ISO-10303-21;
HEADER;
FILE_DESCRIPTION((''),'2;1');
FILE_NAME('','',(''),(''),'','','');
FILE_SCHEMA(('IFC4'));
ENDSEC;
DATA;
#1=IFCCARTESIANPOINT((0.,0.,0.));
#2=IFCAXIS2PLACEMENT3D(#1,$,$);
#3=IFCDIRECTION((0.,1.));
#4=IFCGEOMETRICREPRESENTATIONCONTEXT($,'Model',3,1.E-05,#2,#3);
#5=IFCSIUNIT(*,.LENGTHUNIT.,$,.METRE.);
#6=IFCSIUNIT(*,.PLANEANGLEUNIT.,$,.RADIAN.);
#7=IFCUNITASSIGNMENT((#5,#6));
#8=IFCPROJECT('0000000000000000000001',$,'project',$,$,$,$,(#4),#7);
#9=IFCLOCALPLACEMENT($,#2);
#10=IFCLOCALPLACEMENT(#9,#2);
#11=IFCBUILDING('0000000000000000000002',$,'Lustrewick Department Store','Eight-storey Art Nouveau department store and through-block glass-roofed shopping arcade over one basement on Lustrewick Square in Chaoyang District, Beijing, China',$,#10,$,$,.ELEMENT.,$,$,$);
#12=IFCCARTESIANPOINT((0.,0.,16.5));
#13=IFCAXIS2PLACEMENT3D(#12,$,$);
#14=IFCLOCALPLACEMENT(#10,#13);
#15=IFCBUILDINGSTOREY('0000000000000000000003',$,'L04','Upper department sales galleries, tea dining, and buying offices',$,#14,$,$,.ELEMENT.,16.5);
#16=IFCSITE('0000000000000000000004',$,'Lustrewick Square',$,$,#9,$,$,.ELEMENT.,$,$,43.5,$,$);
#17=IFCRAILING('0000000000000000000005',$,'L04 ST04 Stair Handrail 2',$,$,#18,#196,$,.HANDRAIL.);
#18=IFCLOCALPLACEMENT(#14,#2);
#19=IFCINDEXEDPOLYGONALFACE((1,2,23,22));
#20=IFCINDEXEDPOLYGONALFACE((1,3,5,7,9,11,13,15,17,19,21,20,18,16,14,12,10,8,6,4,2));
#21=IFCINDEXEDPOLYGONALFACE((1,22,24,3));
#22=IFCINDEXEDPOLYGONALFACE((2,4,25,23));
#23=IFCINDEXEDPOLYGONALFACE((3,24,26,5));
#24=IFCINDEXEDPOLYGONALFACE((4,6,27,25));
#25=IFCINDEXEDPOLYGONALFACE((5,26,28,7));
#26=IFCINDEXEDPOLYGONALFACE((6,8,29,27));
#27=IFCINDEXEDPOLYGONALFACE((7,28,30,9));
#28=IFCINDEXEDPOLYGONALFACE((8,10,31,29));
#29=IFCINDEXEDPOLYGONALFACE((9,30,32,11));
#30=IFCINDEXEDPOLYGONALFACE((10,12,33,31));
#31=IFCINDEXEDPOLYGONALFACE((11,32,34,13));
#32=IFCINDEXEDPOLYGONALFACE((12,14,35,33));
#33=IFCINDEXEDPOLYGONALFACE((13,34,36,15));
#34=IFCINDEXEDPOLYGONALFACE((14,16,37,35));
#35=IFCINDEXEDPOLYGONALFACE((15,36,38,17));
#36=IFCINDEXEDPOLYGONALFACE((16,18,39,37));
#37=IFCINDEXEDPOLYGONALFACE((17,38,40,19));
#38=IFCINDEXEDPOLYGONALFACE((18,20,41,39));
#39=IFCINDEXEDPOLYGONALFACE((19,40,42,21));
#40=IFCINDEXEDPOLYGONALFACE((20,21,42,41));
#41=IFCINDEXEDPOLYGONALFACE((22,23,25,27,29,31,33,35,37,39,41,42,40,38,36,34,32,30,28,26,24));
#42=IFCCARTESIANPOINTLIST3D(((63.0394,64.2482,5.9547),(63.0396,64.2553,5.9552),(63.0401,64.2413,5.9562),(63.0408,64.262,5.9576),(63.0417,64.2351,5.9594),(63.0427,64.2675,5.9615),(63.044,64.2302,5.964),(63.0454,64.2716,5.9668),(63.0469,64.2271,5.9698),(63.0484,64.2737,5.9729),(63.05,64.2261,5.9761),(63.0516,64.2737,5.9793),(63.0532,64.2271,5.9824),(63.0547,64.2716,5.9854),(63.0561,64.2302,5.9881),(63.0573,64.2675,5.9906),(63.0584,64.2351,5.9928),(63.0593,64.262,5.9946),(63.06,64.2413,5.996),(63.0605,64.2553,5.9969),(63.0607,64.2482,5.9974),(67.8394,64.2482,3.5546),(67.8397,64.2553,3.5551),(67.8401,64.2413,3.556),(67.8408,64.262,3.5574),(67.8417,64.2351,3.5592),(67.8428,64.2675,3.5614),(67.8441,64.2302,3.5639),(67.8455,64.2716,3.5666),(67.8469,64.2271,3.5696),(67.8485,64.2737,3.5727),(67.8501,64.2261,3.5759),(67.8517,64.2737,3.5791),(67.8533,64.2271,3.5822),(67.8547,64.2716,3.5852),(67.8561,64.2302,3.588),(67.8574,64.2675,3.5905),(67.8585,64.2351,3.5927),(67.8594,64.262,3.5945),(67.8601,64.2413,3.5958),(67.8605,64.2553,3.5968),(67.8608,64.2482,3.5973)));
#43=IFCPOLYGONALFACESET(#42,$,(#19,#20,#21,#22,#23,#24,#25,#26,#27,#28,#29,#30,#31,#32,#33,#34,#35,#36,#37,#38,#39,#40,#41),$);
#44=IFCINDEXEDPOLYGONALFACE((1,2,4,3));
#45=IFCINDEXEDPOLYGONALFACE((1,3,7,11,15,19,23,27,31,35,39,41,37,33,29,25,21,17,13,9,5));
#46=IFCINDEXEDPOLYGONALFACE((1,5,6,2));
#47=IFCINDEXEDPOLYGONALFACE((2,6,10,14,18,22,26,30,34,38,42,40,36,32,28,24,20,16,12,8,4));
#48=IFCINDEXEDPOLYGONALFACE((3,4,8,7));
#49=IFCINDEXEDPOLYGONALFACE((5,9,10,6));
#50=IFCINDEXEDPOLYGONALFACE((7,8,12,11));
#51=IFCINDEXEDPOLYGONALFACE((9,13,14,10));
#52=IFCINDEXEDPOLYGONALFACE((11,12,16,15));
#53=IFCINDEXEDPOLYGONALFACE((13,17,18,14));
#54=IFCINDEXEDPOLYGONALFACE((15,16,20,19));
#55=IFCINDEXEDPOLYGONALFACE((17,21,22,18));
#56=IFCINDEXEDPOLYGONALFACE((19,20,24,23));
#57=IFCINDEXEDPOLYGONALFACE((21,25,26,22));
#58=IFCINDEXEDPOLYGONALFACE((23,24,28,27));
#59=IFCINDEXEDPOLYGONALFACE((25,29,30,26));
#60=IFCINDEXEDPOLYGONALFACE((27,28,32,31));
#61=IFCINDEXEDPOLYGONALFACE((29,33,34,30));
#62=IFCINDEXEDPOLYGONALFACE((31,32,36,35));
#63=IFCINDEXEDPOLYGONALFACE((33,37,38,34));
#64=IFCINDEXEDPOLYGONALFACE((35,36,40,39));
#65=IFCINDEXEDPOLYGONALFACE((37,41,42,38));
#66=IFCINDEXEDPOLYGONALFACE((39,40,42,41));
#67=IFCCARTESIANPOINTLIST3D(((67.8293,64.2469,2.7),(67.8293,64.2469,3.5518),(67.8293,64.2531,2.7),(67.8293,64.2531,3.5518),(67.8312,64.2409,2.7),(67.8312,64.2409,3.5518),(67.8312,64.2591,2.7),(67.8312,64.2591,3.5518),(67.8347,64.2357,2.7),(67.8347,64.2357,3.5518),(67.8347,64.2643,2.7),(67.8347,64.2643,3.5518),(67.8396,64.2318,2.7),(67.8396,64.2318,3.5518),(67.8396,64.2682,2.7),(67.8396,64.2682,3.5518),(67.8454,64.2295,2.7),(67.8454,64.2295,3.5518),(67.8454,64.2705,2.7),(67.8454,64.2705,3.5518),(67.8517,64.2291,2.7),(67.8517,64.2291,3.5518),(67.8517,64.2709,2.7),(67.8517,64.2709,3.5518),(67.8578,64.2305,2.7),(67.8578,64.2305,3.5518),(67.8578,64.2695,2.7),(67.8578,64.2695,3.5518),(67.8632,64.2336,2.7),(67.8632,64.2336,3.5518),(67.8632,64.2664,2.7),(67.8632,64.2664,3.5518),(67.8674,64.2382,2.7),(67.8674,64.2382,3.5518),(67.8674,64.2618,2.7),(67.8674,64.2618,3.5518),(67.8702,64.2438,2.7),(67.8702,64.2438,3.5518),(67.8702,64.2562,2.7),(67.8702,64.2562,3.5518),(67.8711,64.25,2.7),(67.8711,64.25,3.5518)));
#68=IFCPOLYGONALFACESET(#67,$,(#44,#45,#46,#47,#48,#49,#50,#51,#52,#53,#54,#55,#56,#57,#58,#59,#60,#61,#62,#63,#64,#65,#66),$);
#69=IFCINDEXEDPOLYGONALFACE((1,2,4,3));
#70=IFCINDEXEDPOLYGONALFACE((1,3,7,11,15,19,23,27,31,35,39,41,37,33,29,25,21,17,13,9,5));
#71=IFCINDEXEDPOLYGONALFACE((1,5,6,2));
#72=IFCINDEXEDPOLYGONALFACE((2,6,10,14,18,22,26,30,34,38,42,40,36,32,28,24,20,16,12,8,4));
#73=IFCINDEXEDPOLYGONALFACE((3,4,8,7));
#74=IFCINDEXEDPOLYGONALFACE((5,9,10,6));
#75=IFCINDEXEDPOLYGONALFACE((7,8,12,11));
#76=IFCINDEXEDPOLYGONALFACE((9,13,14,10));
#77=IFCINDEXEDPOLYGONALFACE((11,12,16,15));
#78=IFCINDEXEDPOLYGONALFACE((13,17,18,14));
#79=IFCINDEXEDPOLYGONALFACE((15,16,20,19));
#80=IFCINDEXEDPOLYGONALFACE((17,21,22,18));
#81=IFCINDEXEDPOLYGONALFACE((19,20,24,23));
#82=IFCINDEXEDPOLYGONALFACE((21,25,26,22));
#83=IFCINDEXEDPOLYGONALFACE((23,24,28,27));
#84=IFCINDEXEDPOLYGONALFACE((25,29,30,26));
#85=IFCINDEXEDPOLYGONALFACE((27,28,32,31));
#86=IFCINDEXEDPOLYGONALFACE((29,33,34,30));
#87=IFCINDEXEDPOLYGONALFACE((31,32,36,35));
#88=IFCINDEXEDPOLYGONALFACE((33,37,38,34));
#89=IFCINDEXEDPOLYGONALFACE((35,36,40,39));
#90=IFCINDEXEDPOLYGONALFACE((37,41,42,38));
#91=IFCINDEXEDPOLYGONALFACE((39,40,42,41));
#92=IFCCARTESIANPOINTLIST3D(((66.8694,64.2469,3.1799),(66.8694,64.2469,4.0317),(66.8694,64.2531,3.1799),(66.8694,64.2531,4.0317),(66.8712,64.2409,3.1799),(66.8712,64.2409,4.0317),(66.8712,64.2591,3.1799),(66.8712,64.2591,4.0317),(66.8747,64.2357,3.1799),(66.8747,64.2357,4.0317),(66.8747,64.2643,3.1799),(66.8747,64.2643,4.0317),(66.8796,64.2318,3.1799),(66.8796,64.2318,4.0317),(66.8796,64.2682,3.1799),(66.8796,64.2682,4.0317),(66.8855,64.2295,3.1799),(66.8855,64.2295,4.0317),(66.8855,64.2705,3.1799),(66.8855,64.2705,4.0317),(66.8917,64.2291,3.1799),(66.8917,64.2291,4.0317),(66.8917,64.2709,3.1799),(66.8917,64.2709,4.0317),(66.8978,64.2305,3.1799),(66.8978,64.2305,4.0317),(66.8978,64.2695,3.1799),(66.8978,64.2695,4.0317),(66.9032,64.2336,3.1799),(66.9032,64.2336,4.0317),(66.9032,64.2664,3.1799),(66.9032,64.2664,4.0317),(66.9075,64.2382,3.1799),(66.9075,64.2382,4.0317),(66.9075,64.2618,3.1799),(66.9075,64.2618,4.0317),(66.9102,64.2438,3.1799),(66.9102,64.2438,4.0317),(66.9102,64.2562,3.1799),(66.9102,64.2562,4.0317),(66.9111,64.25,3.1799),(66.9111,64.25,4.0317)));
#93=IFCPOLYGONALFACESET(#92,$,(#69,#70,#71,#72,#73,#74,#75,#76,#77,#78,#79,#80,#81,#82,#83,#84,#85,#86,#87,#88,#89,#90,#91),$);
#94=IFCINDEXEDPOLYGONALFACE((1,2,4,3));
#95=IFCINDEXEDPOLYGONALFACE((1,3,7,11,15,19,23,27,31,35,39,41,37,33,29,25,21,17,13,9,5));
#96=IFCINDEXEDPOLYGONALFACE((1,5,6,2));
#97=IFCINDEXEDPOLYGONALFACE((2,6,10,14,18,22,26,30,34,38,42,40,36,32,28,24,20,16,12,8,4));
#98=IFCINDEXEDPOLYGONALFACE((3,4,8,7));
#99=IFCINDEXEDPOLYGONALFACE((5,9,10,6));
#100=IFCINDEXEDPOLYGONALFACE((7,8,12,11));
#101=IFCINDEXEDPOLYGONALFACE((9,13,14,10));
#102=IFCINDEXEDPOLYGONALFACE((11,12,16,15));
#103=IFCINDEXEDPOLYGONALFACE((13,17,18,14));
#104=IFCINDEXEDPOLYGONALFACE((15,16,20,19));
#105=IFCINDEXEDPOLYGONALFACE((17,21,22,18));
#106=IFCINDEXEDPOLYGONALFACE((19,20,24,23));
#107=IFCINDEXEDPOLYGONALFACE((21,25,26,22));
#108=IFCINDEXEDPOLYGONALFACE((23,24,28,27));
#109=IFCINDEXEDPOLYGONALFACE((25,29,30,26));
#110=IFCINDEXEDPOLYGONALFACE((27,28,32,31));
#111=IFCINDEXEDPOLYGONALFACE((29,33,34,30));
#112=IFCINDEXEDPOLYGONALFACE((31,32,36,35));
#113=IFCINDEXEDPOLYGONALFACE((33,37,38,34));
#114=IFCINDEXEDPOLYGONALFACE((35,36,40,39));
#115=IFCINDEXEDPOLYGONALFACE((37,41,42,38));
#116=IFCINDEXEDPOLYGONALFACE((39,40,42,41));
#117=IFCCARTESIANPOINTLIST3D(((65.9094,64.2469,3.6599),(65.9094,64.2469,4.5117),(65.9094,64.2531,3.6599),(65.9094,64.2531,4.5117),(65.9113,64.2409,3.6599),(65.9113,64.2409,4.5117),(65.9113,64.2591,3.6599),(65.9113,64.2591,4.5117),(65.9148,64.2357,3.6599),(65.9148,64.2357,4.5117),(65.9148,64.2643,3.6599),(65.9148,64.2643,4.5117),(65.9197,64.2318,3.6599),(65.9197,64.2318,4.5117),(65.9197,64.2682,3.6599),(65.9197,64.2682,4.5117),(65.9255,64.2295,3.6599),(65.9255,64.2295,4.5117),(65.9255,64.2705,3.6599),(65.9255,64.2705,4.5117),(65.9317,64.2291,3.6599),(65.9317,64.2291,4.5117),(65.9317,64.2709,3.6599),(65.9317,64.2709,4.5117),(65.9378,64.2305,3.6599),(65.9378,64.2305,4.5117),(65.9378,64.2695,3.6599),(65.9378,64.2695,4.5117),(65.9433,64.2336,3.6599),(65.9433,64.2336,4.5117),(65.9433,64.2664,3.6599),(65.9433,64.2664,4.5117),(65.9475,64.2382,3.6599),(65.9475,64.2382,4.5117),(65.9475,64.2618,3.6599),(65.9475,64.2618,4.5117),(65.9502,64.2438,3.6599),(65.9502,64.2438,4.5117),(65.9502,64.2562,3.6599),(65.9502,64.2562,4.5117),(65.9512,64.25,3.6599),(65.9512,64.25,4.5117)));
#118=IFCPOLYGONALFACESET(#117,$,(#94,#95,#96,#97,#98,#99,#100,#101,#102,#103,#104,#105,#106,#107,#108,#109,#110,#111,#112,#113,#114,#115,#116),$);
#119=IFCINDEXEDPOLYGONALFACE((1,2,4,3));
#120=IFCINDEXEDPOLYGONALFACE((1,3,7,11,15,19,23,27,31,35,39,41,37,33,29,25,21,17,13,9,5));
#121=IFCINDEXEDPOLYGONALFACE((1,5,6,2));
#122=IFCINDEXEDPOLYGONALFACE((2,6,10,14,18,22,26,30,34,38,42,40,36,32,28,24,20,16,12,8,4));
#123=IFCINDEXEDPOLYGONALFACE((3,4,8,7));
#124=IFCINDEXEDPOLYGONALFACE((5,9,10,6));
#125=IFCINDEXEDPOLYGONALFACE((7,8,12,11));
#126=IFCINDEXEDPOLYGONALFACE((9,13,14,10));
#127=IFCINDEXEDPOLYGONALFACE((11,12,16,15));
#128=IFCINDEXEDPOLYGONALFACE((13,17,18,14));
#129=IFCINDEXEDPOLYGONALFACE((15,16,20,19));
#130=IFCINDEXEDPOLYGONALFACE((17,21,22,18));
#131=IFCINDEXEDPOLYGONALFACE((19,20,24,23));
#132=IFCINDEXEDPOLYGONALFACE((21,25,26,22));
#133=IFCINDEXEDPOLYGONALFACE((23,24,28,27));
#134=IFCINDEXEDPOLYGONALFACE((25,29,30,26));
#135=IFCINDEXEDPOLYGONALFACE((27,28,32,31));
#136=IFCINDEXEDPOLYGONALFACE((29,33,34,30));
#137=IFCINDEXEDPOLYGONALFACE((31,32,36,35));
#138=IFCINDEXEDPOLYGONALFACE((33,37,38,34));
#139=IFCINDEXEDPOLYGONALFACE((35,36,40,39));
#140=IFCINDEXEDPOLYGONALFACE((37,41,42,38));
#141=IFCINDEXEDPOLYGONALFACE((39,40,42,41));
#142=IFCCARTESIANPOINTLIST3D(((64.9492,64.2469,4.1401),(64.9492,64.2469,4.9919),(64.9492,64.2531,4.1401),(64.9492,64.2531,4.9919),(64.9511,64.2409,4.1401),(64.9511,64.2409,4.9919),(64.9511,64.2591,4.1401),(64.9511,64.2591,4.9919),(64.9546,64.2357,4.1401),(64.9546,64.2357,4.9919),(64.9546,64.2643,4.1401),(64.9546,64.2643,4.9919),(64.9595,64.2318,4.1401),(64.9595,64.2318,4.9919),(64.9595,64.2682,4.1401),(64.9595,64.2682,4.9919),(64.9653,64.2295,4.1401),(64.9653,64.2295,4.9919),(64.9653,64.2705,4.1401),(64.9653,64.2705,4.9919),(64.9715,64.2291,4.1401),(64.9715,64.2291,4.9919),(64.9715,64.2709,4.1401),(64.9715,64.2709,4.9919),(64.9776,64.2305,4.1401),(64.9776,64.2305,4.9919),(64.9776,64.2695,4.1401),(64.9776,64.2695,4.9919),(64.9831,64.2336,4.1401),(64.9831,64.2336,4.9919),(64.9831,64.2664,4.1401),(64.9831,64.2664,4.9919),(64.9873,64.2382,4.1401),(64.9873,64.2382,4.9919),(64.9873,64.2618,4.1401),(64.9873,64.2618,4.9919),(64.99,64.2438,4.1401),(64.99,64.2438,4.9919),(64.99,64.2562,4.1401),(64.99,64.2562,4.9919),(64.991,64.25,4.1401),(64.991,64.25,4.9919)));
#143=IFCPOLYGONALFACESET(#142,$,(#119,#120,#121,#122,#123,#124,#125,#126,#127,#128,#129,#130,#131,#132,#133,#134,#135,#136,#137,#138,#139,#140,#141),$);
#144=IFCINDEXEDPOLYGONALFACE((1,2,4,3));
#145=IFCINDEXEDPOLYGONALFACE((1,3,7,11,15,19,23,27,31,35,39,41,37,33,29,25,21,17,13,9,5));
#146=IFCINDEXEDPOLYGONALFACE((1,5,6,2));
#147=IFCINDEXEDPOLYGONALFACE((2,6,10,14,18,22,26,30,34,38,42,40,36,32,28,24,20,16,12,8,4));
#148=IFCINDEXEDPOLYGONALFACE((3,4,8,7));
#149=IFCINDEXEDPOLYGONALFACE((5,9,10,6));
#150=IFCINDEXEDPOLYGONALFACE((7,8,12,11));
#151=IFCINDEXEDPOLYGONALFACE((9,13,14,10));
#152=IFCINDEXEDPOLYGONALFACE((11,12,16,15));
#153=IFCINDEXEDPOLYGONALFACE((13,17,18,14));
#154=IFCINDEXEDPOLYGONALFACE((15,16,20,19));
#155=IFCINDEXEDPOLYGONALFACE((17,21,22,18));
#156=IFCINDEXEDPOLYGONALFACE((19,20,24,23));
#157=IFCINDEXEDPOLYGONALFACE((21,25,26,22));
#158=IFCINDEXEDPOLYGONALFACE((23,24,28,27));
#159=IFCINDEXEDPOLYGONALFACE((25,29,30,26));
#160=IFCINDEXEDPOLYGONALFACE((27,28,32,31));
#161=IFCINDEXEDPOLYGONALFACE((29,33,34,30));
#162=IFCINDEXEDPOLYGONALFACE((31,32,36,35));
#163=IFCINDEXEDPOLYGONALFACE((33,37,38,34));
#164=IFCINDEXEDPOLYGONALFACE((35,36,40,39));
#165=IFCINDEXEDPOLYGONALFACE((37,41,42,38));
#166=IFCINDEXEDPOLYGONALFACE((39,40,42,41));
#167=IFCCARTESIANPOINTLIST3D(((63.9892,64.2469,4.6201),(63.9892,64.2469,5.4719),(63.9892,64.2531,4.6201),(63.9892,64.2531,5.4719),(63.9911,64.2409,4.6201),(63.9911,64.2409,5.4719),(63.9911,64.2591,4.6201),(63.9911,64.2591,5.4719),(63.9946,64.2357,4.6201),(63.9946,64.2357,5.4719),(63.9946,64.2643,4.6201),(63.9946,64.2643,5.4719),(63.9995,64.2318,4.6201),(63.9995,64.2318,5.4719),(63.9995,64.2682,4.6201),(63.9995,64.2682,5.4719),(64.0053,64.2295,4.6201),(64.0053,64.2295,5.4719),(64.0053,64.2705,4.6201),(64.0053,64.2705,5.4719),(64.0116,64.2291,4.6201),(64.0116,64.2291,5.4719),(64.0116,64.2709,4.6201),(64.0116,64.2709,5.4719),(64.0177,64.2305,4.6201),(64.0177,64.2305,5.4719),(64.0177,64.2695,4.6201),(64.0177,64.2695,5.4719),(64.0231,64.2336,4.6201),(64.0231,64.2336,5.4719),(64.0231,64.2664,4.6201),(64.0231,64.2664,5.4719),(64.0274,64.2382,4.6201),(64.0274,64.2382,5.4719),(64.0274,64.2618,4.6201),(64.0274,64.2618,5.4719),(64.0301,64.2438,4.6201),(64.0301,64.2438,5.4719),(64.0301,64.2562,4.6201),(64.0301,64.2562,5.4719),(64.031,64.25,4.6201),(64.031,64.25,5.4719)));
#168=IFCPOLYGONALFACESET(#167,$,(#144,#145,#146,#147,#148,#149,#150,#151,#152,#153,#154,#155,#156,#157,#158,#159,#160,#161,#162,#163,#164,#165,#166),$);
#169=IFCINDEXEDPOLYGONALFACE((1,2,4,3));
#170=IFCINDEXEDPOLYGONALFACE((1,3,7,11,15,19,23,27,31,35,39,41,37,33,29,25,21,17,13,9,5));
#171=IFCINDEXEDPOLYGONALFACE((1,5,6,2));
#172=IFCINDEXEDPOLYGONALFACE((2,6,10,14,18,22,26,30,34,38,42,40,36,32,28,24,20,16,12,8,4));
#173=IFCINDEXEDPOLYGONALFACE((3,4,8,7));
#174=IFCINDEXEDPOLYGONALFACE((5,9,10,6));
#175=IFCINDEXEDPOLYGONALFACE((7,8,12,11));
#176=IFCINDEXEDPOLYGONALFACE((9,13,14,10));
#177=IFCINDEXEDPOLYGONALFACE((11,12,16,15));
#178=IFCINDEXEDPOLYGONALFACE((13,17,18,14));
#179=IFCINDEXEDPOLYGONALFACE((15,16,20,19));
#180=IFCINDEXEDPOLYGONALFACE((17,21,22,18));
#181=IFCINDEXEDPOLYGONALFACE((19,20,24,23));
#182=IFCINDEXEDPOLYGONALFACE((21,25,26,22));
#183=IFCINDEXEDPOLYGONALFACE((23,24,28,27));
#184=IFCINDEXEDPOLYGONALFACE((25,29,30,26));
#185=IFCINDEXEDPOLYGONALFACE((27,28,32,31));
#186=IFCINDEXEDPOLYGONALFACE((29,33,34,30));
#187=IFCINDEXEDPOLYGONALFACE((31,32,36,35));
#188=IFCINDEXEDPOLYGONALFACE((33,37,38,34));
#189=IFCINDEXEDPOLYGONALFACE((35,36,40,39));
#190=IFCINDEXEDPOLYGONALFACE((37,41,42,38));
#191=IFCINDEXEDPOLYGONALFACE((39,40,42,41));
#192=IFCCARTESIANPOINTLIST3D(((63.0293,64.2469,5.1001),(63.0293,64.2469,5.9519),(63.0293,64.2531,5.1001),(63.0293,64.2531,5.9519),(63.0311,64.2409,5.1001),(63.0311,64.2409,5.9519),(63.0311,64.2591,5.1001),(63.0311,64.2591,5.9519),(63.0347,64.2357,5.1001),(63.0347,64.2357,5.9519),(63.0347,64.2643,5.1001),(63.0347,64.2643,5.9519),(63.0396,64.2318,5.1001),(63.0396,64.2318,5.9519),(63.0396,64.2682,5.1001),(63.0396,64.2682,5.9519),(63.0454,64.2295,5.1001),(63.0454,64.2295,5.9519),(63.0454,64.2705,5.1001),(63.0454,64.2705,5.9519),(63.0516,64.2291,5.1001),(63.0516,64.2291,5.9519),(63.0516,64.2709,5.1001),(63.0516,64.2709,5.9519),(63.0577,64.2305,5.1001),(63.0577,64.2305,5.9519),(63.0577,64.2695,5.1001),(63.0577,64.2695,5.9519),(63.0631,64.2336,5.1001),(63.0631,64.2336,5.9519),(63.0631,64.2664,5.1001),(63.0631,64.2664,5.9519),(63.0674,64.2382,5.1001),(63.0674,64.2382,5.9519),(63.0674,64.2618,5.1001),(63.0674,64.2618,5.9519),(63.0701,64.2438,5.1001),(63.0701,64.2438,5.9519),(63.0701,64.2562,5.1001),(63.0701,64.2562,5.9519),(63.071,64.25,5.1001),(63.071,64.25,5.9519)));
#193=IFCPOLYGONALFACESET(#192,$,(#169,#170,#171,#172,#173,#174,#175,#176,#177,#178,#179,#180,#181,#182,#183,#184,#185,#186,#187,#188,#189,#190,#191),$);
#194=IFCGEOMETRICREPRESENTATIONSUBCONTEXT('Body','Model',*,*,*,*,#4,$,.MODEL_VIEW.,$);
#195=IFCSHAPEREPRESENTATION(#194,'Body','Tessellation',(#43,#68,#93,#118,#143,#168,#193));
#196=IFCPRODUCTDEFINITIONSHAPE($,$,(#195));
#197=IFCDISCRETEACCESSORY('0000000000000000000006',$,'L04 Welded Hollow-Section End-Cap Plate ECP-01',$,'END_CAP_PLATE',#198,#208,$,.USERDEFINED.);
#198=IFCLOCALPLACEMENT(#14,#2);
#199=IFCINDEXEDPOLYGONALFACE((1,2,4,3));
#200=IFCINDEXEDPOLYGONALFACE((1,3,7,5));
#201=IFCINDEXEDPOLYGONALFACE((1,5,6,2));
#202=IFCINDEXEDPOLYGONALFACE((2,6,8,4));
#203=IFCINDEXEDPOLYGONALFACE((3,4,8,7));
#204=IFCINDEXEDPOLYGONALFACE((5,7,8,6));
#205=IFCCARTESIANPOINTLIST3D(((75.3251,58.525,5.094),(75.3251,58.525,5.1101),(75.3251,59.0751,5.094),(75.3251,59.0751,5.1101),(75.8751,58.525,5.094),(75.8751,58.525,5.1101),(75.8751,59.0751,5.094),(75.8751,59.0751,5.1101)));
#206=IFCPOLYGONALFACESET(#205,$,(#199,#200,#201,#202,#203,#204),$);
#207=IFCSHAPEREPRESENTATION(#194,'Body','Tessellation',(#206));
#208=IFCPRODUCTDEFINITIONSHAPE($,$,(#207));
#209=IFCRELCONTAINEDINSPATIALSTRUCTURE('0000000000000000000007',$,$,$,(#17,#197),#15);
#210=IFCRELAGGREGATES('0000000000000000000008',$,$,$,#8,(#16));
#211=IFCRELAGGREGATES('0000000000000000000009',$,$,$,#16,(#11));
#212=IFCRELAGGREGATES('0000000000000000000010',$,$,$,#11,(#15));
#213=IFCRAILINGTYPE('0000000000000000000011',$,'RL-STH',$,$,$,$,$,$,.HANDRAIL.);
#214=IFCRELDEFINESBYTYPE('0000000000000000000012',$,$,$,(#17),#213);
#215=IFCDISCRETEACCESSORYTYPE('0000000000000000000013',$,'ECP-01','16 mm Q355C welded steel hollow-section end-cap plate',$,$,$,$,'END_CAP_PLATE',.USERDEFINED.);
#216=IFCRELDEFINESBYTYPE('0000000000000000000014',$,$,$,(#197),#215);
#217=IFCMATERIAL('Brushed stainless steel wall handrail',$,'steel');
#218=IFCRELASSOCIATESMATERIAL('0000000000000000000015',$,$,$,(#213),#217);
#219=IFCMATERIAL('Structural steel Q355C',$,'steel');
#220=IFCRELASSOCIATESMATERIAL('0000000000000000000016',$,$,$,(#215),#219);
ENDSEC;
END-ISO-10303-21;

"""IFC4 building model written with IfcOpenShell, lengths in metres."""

from ifc_helpers import new_model, si_unit, direction, frame, origin, origin_2d, place, context, subcontext, project, spatial, rectangle, circle, extrude, material, type_object, element, save


model = new_model("IFC4")

# Units and contexts
model_context = context("Model", 3, precision=1e-05, world=origin(), true_north=direction((0.0, 1.0)))
body_context = subcontext(model_context, "Body", "Model", "MODEL_VIEW")
ifc_project = project(units=[si_unit("LENGTHUNIT", "METRE"), si_unit("PLANEANGLEUNIT", "RADIAN")], contexts=[model_context])

# Site, building, storey
site_placement = place(None, origin())
site = spatial("IfcSite", under=ifc_project, at=site_placement, Name="Lustrewick Square", CompositionType="ELEMENT", RefElevation=43.5)
building_placement = place(site_placement, origin())
building = spatial("IfcBuilding", under=site, at=building_placement, Name="Lustrewick Department Store", Description="Eight-storey Art Nouveau department store and through-block glass-roofed shopping arcade over one basement on Lustrewick Square in Chaoyang District, Beijing, China", CompositionType="ELEMENT")
storey_placement = place(building_placement, frame((0.0, 0.0, 16.5)))
storey = spatial("IfcBuildingStorey", under=building, at=storey_placement, Name="L04", Description="Upper department sales galleries, tea dining, and buying offices", CompositionType="ELEMENT", Elevation=16.5)

# Shared definitions
ifc_material_1 = material(Name="Structural steel Q355C", Category="steel")

# Railing
ifc_material_2 = material(Name="Brushed stainless steel wall handrail", Category="steel")
railing_type_1 = type_object("IfcRailingType", Name="RL-STH", PredefinedType="HANDRAIL", material=ifc_material_2)
railing_1_placement = place(storey_placement, frame((67.8501, 64.25, 2.7)))
element("IfcRailing", 1, at=railing_1_placement, inside=storey, type_object=railing_type_1, Name="L04 ST04 Stair Handrail 2", PredefinedType="HANDRAIL", context=body_context, shape_type="SweptSolid", body=[
    extrude(circle(Radius=0.0239, at=origin_2d()), frame((0.0, 0.0, 0.876), z_axis=(-0.894418, 0.0, 0.447232), x_axis=(0.0, -1.0, 0.0)), (0.0, 0.0, 1.0), 5.3667),
    extrude(circle(Radius=0.021, at=origin_2d()), origin(), (0.0, 0.0, 1.0), 0.8518),
    extrude(circle(Radius=0.021, at=origin_2d()), frame((-0.96, 0.0, 0.48)), (0.0, 0.0, 1.0), 0.8518),
    extrude(circle(Radius=0.021, at=origin_2d()), frame((-1.9199, 0.0, 0.96)), (0.0, 0.0, 1.0), 0.8518),
    extrude(circle(Radius=0.021, at=origin_2d()), frame((-2.8801, 0.0, 1.4402)), (0.0, 0.0, 1.0), 0.8518),
    extrude(circle(Radius=0.021, at=origin_2d()), frame((-3.8401, 0.0, 1.9202)), (0.0, 0.0, 1.0), 0.8518),
    extrude(circle(Radius=0.021, at=origin_2d()), frame((-4.8, 0.0, 2.4001)), (0.0, 0.0, 1.0), 0.8518),
])

# Discrete accessory
discrete_accessory_type = type_object("IfcDiscreteAccessoryType", Name="ECP-01", Description="16 mm Q355C welded steel hollow-section end-cap plate", ElementType="END_CAP_PLATE", PredefinedType="USERDEFINED", material=ifc_material_1)
for number, where, z_axis, x_axis, name in (
    (2, (75.6001, 58.8, 5.094), (0.0, 0.0, 1.0), (1.0, 0.0, 0.0), "L04 Welded Hollow-Section End-Cap Plate ECP-01"),
):
    element("IfcDiscreteAccessory", number, at=place(storey_placement, frame(where, z_axis=z_axis, x_axis=x_axis)), inside=storey, type_object=discrete_accessory_type, Name=name, ObjectType="END_CAP_PLATE", PredefinedType="USERDEFINED", context=body_context, shape_type="SweptSolid", body=[
        extrude(rectangle(XDim=0.55, YDim=0.55, at=origin_2d()), origin(), (0.0, 0.0, 1.0), 0.0161),
    ])

save(model, "model.ifc")
